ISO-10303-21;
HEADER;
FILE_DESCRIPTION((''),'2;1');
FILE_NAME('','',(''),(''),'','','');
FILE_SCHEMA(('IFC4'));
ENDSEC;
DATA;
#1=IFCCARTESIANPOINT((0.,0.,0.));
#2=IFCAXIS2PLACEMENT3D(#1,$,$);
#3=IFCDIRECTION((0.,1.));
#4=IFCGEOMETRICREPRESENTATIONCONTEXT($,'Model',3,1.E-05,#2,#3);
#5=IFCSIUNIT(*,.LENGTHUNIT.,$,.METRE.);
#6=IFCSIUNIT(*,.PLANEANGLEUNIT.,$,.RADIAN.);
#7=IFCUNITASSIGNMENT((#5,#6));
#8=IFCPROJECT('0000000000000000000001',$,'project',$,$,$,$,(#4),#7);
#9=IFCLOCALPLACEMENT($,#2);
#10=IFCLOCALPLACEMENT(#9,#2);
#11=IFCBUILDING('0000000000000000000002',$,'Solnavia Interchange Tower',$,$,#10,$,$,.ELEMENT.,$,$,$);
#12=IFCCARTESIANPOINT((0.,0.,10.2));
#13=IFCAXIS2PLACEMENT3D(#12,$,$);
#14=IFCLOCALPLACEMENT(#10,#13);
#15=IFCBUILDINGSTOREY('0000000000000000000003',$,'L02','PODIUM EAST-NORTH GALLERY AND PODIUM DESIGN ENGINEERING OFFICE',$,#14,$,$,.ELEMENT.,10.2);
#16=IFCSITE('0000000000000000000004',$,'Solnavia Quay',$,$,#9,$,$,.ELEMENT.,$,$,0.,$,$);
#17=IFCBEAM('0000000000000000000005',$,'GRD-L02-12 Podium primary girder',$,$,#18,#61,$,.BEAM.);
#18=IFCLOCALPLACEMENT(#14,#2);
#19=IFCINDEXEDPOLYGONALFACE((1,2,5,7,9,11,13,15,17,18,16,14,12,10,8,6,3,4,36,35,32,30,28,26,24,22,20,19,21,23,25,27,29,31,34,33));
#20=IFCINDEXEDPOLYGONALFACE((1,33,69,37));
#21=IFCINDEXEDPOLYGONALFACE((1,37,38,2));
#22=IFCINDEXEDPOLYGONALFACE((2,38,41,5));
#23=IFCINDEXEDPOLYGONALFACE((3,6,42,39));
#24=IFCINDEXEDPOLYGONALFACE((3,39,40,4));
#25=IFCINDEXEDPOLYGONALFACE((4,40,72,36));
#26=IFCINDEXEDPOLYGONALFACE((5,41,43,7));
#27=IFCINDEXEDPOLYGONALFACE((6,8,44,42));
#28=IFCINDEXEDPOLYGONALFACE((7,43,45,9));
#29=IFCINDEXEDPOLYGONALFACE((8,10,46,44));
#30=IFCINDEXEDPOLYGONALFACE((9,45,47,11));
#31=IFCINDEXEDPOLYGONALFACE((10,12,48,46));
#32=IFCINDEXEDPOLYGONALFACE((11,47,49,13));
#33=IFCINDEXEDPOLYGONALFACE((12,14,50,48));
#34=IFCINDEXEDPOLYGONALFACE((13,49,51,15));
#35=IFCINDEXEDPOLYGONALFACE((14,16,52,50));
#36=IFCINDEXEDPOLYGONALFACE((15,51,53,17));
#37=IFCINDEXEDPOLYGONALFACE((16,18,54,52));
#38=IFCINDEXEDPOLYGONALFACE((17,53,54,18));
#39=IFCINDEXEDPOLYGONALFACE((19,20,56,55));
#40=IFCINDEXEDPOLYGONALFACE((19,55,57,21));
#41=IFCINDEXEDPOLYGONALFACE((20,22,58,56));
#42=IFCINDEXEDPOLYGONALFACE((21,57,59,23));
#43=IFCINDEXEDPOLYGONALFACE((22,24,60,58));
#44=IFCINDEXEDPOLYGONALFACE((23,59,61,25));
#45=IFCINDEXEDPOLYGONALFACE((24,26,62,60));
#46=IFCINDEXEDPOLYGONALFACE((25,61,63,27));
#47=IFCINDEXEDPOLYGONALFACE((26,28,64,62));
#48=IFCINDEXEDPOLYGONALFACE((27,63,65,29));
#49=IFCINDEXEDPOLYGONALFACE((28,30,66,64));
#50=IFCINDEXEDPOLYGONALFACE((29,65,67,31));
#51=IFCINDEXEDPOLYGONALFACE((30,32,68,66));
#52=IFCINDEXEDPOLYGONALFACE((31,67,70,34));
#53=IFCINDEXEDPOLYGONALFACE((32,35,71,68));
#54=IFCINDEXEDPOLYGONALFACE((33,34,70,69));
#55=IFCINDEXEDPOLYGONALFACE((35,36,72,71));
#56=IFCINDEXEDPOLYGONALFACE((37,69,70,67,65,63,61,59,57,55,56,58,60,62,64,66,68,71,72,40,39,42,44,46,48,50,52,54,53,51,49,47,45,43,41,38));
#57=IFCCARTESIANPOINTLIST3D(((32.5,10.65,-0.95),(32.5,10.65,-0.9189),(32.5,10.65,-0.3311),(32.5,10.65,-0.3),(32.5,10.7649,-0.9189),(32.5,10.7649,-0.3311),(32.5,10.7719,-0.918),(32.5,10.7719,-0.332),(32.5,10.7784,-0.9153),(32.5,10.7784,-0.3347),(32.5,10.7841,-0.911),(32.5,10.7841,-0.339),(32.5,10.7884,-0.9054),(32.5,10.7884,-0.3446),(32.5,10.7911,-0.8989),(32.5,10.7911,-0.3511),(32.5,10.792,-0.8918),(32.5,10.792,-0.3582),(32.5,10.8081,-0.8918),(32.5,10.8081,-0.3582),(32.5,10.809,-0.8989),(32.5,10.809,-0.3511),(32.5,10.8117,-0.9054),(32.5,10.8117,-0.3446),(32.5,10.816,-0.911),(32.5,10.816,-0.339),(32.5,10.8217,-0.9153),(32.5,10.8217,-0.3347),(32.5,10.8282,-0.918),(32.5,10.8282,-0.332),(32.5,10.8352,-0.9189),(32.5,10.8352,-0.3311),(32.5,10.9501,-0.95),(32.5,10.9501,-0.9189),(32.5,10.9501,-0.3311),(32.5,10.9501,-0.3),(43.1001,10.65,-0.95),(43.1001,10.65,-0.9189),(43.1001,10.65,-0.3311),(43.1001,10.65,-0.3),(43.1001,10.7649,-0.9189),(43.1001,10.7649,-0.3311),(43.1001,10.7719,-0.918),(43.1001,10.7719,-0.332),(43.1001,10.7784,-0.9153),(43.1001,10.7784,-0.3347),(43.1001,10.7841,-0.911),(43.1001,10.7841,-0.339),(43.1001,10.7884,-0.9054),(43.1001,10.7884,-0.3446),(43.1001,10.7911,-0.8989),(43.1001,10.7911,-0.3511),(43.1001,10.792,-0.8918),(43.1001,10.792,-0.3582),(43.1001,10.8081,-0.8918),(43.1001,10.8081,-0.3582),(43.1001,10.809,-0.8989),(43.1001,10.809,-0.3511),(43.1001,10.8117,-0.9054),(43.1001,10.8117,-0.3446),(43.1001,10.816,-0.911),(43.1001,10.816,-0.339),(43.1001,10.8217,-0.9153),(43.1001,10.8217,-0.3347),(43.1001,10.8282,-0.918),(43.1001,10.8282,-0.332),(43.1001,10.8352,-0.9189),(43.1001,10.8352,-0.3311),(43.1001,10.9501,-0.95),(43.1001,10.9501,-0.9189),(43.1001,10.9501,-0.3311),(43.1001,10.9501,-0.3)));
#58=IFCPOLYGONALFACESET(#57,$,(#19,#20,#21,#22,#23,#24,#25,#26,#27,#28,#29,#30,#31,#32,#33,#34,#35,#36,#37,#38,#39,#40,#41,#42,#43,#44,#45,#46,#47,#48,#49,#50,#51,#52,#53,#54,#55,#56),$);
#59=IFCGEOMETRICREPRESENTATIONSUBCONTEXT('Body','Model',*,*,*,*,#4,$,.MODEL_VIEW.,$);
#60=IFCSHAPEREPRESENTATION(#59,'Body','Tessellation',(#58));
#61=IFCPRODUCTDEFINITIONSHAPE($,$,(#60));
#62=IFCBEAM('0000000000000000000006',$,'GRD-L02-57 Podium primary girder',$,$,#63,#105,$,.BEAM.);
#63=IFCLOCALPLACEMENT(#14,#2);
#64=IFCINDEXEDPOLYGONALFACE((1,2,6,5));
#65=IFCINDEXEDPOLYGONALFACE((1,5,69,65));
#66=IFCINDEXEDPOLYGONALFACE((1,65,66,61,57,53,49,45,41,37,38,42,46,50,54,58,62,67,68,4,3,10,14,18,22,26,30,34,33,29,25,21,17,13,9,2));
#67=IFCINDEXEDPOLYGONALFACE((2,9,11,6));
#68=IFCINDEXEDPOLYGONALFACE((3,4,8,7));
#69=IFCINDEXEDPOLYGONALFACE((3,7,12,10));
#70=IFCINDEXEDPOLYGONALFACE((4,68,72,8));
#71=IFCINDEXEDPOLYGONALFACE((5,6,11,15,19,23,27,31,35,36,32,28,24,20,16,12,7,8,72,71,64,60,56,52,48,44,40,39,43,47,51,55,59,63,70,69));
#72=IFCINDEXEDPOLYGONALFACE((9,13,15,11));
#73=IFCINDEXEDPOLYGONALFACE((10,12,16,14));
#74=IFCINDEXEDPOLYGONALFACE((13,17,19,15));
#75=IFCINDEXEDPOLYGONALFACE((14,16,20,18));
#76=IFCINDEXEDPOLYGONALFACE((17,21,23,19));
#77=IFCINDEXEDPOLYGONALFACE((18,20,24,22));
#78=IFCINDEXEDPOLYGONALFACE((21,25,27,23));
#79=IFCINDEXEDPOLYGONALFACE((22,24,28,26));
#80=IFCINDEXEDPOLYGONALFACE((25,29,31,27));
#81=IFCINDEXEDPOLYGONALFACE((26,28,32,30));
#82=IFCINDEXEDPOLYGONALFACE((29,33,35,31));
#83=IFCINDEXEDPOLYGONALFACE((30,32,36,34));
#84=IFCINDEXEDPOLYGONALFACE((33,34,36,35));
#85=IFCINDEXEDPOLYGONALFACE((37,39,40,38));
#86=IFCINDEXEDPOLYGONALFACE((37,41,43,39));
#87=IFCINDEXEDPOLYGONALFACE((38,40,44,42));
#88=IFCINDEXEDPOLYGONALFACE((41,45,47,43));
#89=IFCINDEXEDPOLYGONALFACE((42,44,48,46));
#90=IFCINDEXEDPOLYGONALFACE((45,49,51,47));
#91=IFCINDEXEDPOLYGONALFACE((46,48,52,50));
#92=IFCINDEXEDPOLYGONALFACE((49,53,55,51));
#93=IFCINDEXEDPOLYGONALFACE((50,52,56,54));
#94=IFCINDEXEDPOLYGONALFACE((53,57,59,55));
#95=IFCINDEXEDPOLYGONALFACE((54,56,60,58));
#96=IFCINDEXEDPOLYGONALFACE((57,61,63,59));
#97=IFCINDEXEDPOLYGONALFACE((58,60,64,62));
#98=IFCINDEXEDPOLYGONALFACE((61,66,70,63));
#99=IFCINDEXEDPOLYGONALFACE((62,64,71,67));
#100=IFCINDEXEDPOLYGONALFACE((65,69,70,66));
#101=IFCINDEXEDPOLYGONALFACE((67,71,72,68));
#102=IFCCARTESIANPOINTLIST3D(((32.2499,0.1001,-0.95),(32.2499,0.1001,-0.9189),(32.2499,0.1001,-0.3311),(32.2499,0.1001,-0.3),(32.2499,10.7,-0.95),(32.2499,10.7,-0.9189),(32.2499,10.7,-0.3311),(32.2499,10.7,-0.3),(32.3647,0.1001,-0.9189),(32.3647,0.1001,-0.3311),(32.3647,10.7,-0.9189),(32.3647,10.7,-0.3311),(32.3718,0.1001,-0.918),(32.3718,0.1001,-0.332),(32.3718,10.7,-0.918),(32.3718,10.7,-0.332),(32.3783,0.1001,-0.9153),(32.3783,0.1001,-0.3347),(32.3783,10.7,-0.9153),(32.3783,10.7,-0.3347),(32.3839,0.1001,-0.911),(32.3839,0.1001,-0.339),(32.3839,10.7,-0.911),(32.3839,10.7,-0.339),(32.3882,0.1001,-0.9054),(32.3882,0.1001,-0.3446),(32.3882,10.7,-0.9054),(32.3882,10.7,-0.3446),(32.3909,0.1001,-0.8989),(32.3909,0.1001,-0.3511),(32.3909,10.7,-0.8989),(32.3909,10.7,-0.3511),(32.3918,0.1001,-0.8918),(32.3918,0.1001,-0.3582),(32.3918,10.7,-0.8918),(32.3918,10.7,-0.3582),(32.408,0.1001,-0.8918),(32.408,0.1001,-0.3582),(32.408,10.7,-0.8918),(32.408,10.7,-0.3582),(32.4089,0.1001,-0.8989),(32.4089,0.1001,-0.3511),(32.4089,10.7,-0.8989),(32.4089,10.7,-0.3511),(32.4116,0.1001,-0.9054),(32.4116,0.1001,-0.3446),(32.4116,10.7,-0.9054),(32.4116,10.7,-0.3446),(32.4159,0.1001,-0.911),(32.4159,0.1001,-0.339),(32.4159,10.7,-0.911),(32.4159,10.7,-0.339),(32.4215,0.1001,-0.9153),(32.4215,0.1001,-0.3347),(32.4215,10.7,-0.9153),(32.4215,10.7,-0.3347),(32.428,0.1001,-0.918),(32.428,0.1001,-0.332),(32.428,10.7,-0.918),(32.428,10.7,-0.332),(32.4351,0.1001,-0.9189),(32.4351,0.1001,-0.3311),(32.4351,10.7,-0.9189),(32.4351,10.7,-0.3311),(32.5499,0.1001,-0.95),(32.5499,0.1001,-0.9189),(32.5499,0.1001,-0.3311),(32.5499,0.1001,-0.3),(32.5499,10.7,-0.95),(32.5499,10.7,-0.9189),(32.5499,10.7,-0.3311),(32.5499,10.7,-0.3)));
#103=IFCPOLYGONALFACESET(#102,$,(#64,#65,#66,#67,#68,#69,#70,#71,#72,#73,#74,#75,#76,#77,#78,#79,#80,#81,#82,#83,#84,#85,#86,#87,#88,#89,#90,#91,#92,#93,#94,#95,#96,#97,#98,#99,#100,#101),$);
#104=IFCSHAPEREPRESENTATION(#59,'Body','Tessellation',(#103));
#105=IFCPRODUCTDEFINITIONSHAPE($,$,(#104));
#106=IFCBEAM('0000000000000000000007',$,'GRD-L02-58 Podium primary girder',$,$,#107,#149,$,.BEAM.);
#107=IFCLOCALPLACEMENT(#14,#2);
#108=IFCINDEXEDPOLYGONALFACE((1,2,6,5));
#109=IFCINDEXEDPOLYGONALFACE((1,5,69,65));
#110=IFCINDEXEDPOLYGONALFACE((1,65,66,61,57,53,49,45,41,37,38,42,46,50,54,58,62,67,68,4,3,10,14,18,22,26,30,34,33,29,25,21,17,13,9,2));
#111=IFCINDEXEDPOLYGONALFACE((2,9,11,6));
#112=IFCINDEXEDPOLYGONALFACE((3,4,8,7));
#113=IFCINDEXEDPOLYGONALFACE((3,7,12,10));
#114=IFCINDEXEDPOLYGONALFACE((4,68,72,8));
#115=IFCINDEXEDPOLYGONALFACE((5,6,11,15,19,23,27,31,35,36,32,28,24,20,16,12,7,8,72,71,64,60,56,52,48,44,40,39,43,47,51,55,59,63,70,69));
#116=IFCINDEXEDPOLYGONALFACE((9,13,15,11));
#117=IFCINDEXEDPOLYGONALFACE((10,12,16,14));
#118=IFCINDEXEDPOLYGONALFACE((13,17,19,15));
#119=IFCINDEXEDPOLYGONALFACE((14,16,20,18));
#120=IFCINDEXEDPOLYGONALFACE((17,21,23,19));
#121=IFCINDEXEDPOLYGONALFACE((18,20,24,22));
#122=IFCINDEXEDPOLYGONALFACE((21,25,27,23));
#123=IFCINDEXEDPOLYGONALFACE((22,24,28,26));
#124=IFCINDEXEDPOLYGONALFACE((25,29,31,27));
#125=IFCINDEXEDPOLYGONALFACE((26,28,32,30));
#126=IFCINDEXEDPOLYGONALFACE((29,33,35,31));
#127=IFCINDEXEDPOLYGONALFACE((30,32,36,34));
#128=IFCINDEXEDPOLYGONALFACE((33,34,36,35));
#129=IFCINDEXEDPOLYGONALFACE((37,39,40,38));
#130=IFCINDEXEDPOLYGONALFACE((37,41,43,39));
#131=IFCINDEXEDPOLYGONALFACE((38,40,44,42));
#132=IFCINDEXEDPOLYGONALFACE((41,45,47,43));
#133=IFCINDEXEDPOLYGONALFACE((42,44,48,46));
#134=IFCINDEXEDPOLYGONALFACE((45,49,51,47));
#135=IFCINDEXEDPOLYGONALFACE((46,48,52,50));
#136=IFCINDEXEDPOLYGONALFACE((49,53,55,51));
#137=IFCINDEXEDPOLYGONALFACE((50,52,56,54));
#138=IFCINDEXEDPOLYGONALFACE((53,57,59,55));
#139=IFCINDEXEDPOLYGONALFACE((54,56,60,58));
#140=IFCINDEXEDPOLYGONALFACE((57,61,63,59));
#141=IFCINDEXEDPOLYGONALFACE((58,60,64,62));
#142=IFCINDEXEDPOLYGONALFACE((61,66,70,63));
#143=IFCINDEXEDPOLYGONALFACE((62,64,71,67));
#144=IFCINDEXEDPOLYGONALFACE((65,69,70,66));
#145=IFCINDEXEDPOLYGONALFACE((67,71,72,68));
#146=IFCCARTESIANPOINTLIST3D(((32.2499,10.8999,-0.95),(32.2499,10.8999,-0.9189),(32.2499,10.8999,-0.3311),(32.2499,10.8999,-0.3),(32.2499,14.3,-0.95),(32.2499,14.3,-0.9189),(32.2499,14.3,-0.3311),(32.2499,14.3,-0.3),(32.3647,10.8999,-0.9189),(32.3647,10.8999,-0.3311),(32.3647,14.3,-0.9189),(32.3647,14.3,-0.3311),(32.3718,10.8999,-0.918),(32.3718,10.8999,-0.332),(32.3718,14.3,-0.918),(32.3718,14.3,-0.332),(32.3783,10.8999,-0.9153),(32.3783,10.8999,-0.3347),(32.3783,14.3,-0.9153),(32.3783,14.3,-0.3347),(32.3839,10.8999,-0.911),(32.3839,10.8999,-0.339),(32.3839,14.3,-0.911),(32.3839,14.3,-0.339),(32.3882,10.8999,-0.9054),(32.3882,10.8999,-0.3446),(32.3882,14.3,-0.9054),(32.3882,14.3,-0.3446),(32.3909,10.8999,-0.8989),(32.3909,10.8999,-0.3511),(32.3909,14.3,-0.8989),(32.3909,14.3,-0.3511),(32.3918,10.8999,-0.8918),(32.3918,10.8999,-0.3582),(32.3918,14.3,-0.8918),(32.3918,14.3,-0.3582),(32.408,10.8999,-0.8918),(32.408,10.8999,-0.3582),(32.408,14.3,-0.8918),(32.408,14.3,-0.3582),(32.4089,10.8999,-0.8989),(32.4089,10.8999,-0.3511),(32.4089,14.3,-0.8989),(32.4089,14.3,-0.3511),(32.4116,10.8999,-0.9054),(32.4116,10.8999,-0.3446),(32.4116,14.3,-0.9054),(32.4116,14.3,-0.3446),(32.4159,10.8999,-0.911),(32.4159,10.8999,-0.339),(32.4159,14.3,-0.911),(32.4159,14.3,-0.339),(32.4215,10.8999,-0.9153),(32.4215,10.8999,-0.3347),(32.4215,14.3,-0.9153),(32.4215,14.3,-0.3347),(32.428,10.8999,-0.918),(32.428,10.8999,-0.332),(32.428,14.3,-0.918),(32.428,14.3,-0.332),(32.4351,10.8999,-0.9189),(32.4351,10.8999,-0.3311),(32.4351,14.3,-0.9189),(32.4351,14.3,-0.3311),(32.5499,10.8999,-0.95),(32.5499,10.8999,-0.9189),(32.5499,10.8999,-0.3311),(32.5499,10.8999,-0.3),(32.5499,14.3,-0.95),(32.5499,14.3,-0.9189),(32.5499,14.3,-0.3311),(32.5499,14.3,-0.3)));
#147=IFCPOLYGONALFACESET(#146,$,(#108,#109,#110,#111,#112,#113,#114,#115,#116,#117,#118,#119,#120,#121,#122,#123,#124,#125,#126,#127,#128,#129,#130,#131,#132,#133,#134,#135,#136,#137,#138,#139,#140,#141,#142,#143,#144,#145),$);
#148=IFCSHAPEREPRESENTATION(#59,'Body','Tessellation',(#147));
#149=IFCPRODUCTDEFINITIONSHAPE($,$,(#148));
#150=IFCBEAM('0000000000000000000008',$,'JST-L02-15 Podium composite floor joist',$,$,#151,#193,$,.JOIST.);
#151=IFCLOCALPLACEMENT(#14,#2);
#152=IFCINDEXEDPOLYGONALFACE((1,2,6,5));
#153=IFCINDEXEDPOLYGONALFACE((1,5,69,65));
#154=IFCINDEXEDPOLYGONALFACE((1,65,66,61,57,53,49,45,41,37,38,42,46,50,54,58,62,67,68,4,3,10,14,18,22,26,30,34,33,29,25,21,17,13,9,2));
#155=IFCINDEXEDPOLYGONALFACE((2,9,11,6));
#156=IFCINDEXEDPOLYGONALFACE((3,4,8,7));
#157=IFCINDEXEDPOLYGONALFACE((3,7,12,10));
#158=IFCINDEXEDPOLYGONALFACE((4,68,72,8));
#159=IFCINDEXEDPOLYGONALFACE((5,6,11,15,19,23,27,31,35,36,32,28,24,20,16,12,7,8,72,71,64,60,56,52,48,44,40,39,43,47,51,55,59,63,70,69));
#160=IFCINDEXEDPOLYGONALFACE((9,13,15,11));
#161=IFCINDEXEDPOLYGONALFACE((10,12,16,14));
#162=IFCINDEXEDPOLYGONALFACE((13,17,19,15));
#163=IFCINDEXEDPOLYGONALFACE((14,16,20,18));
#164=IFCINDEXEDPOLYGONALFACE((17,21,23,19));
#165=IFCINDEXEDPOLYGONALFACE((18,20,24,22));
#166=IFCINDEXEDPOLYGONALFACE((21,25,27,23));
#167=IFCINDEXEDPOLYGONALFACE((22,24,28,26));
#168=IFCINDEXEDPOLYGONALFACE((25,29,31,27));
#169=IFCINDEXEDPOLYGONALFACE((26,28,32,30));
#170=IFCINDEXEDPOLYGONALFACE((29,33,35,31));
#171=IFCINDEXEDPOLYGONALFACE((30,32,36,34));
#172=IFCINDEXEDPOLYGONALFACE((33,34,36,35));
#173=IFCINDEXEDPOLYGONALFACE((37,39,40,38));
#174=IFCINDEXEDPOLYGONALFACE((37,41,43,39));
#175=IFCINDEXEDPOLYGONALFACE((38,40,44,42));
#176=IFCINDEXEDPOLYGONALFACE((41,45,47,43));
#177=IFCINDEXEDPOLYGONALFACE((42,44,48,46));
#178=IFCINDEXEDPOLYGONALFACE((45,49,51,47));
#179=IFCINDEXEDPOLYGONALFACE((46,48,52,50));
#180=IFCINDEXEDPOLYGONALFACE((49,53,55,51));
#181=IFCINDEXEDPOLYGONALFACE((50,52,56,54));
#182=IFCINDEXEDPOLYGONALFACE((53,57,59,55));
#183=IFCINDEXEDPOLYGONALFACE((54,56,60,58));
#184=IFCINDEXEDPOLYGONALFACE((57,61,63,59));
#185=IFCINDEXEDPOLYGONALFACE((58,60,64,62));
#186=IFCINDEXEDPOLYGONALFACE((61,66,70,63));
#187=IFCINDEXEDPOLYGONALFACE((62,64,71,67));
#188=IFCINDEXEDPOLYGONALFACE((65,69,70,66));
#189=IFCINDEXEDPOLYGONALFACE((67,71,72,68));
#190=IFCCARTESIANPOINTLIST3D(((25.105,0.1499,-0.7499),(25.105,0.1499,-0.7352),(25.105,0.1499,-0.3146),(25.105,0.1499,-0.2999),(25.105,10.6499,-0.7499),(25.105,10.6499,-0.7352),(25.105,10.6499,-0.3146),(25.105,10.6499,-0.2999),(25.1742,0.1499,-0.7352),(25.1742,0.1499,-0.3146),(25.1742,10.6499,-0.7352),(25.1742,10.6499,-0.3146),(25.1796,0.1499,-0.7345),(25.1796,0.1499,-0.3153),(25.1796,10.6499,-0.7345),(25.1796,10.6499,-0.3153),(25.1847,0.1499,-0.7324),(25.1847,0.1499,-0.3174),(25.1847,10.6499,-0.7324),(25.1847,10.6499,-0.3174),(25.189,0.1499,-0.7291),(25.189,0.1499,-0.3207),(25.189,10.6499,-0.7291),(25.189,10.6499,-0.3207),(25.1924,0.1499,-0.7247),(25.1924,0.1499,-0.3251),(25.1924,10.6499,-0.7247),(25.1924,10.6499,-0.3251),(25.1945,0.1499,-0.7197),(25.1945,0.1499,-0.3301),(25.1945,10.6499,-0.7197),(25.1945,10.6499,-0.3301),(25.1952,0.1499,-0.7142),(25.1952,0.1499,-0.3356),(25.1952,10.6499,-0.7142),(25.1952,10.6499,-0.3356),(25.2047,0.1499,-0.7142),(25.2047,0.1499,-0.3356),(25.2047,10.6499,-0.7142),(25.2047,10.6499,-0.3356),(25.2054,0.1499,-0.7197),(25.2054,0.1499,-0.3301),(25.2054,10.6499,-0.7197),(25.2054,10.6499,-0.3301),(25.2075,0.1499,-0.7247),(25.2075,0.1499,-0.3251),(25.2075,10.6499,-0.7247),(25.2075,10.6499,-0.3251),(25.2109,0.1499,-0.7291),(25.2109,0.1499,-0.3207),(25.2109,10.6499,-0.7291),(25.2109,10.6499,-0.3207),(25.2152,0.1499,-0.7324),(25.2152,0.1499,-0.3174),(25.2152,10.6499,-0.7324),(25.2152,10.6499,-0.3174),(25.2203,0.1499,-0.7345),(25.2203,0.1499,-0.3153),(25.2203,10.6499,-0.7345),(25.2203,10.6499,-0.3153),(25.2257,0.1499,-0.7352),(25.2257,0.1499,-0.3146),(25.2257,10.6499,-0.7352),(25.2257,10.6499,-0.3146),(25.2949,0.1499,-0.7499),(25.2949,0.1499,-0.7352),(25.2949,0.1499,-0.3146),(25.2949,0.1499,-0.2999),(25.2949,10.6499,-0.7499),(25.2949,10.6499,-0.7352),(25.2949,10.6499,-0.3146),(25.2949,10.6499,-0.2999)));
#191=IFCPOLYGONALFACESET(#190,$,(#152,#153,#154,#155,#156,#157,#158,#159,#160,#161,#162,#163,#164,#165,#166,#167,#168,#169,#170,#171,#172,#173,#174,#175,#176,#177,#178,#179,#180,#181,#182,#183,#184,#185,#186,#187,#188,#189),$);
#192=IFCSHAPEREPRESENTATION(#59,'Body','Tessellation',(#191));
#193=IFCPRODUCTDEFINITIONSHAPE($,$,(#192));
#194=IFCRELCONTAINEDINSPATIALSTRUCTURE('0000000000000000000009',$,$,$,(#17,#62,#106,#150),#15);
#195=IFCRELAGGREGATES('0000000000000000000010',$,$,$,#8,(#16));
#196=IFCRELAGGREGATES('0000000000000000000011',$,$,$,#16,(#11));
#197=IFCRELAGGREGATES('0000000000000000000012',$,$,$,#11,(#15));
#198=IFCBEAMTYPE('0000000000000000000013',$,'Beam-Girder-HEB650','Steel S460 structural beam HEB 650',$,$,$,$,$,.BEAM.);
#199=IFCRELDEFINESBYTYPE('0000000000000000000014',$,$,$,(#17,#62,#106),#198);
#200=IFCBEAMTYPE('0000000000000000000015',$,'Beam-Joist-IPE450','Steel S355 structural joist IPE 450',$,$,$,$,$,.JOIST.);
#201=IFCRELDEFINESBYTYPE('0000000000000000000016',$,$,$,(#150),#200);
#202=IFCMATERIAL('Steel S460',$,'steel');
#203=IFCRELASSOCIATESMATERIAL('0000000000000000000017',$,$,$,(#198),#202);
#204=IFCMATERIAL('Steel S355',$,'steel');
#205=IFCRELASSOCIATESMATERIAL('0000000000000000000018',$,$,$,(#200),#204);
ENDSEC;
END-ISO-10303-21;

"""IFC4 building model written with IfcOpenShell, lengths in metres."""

from ifc_helpers import new_model, si_unit, direction, frame, origin, origin_2d, place, context, subcontext, project, spatial, i_section, extrude, material, material_profile, profile_set, type_object, element, save


model = new_model("IFC4")

# Units and contexts
model_context = context("Model", 3, precision=1e-05, world=origin(), true_north=direction((0.0, 1.0)))
body_context = subcontext(model_context, "Body", "Model", "MODEL_VIEW")
ifc_project = project(units=[si_unit("LENGTHUNIT", "METRE"), si_unit("PLANEANGLEUNIT", "RADIAN")], contexts=[model_context])

# Site, building, storey
site_placement = place(None, origin())
site = spatial("IfcSite", under=ifc_project, at=site_placement, Name="Solnavia Quay", CompositionType="ELEMENT", RefElevation=0.0)
building_placement = place(site_placement, origin())
building = spatial("IfcBuilding", under=site, at=building_placement, Name="Solnavia Interchange Tower", CompositionType="ELEMENT")
storey_placement = place(building_placement, frame((0.0, 0.0, 10.2)))
storey = spatial("IfcBuildingStorey", under=building, at=storey_placement, Name="L02", Description="PODIUM EAST-NORTH GALLERY AND PODIUM DESIGN ENGINEERING OFFICE", CompositionType="ELEMENT", Elevation=10.2)

# Beams
ifc_material_1 = material(Name="Steel S460", Category="steel")
ifc_material_profile_1 = material_profile(ifc_material_1, i_section(OverallWidth=0.3, OverallDepth=0.6499, WebThickness=0.0161, FlangeThickness=0.031, FilletRadius=0.0271, at=origin_2d()), Name="HEB 650")
ifc_profile_set_1 = profile_set([ifc_material_profile_1], Name="Steel S460")
beam_type_1 = type_object("IfcBeamType", Name="Beam-Girder-HEB650", Description="Steel S460 structural beam HEB 650", PredefinedType="BEAM", material=ifc_profile_set_1)
for number, where, z_axis, x_axis, name in (
    (1, (32.5, 10.8, -0.625), (1.0, 0.0, 0.0), (0.0, 1.0, 0.0), "GRD-L02-12 Podium primary girder"),
):
    element("IfcBeam", number, at=place(storey_placement, frame(where, z_axis=z_axis, x_axis=x_axis)), inside=storey, type_object=beam_type_1, Name=name, PredefinedType="BEAM", context=body_context, shape_type="SweptSolid", body=[
        extrude(i_section(OverallWidth=0.3, OverallDepth=0.6499, WebThickness=0.0161, FlangeThickness=0.031, FilletRadius=0.0271, at=origin_2d()), origin(), (0.0, 0.0, 1.0), 10.6001),
    ])
beam_1_placement = place(storey_placement, frame((32.3999, 0.1001, -0.625), z_axis=(0.0, 1.0, 0.0), x_axis=(-1.0, 0.0, 0.0)))
element("IfcBeam", 2, at=beam_1_placement, inside=storey, type_object=beam_type_1, Name="GRD-L02-57 Podium primary girder", PredefinedType="BEAM", context=body_context, shape_type="SweptSolid", body=[
    extrude(i_section(OverallWidth=0.3, OverallDepth=0.6499, WebThickness=0.0161, FlangeThickness=0.031, FilletRadius=0.0271, at=origin_2d()), origin(), (0.0, 0.0, 1.0), 10.5999),
])
beam_2_placement = place(storey_placement, frame((32.3999, 10.8999, -0.625), z_axis=(0.0, 1.0, 0.0), x_axis=(-1.0, 0.0, 0.0)))
element("IfcBeam", 3, at=beam_2_placement, inside=storey, type_object=beam_type_1, Name="GRD-L02-58 Podium primary girder", PredefinedType="BEAM", context=body_context, shape_type="SweptSolid", body=[
    extrude(i_section(OverallWidth=0.3, OverallDepth=0.6499, WebThickness=0.0161, FlangeThickness=0.031, FilletRadius=0.0271, at=origin_2d()), origin(), (0.0, 0.0, 1.0), 3.4001),
])
ifc_material_2 = material(Name="Steel S355", Category="steel")
ifc_material_profile_2 = material_profile(ifc_material_2, i_section(OverallWidth=0.1899, OverallDepth=0.45, WebThickness=0.0095, FlangeThickness=0.0146, FilletRadius=0.021, at=origin_2d()), Name="IPE 450")
ifc_profile_set_2 = profile_set([ifc_material_profile_2], Name="Steel S355")
beam_type_2 = type_object("IfcBeamType", Name="Beam-Joist-IPE450", Description="Steel S355 structural joist IPE 450", PredefinedType="JOIST", material=ifc_profile_set_2)
for number, where, z_axis, x_axis, name in (
    (4, (25.2, 0.1499, -0.5249), (0.0, 1.0, 0.0), (-1.0, 0.0, 0.0), "JST-L02-15 Podium composite floor joist"),
):
    element("IfcBeam", number, at=place(storey_placement, frame(where, z_axis=z_axis, x_axis=x_axis)), inside=storey, type_object=beam_type_2, Name=name, PredefinedType="JOIST", context=body_context, shape_type="SweptSolid", body=[
        extrude(i_section(OverallWidth=0.1899, OverallDepth=0.45, WebThickness=0.0095, FlangeThickness=0.0146, FilletRadius=0.021, at=origin_2d()), origin(), (0.0, 0.0, 1.0), 10.5),
    ])

save(model, "model.ifc")
